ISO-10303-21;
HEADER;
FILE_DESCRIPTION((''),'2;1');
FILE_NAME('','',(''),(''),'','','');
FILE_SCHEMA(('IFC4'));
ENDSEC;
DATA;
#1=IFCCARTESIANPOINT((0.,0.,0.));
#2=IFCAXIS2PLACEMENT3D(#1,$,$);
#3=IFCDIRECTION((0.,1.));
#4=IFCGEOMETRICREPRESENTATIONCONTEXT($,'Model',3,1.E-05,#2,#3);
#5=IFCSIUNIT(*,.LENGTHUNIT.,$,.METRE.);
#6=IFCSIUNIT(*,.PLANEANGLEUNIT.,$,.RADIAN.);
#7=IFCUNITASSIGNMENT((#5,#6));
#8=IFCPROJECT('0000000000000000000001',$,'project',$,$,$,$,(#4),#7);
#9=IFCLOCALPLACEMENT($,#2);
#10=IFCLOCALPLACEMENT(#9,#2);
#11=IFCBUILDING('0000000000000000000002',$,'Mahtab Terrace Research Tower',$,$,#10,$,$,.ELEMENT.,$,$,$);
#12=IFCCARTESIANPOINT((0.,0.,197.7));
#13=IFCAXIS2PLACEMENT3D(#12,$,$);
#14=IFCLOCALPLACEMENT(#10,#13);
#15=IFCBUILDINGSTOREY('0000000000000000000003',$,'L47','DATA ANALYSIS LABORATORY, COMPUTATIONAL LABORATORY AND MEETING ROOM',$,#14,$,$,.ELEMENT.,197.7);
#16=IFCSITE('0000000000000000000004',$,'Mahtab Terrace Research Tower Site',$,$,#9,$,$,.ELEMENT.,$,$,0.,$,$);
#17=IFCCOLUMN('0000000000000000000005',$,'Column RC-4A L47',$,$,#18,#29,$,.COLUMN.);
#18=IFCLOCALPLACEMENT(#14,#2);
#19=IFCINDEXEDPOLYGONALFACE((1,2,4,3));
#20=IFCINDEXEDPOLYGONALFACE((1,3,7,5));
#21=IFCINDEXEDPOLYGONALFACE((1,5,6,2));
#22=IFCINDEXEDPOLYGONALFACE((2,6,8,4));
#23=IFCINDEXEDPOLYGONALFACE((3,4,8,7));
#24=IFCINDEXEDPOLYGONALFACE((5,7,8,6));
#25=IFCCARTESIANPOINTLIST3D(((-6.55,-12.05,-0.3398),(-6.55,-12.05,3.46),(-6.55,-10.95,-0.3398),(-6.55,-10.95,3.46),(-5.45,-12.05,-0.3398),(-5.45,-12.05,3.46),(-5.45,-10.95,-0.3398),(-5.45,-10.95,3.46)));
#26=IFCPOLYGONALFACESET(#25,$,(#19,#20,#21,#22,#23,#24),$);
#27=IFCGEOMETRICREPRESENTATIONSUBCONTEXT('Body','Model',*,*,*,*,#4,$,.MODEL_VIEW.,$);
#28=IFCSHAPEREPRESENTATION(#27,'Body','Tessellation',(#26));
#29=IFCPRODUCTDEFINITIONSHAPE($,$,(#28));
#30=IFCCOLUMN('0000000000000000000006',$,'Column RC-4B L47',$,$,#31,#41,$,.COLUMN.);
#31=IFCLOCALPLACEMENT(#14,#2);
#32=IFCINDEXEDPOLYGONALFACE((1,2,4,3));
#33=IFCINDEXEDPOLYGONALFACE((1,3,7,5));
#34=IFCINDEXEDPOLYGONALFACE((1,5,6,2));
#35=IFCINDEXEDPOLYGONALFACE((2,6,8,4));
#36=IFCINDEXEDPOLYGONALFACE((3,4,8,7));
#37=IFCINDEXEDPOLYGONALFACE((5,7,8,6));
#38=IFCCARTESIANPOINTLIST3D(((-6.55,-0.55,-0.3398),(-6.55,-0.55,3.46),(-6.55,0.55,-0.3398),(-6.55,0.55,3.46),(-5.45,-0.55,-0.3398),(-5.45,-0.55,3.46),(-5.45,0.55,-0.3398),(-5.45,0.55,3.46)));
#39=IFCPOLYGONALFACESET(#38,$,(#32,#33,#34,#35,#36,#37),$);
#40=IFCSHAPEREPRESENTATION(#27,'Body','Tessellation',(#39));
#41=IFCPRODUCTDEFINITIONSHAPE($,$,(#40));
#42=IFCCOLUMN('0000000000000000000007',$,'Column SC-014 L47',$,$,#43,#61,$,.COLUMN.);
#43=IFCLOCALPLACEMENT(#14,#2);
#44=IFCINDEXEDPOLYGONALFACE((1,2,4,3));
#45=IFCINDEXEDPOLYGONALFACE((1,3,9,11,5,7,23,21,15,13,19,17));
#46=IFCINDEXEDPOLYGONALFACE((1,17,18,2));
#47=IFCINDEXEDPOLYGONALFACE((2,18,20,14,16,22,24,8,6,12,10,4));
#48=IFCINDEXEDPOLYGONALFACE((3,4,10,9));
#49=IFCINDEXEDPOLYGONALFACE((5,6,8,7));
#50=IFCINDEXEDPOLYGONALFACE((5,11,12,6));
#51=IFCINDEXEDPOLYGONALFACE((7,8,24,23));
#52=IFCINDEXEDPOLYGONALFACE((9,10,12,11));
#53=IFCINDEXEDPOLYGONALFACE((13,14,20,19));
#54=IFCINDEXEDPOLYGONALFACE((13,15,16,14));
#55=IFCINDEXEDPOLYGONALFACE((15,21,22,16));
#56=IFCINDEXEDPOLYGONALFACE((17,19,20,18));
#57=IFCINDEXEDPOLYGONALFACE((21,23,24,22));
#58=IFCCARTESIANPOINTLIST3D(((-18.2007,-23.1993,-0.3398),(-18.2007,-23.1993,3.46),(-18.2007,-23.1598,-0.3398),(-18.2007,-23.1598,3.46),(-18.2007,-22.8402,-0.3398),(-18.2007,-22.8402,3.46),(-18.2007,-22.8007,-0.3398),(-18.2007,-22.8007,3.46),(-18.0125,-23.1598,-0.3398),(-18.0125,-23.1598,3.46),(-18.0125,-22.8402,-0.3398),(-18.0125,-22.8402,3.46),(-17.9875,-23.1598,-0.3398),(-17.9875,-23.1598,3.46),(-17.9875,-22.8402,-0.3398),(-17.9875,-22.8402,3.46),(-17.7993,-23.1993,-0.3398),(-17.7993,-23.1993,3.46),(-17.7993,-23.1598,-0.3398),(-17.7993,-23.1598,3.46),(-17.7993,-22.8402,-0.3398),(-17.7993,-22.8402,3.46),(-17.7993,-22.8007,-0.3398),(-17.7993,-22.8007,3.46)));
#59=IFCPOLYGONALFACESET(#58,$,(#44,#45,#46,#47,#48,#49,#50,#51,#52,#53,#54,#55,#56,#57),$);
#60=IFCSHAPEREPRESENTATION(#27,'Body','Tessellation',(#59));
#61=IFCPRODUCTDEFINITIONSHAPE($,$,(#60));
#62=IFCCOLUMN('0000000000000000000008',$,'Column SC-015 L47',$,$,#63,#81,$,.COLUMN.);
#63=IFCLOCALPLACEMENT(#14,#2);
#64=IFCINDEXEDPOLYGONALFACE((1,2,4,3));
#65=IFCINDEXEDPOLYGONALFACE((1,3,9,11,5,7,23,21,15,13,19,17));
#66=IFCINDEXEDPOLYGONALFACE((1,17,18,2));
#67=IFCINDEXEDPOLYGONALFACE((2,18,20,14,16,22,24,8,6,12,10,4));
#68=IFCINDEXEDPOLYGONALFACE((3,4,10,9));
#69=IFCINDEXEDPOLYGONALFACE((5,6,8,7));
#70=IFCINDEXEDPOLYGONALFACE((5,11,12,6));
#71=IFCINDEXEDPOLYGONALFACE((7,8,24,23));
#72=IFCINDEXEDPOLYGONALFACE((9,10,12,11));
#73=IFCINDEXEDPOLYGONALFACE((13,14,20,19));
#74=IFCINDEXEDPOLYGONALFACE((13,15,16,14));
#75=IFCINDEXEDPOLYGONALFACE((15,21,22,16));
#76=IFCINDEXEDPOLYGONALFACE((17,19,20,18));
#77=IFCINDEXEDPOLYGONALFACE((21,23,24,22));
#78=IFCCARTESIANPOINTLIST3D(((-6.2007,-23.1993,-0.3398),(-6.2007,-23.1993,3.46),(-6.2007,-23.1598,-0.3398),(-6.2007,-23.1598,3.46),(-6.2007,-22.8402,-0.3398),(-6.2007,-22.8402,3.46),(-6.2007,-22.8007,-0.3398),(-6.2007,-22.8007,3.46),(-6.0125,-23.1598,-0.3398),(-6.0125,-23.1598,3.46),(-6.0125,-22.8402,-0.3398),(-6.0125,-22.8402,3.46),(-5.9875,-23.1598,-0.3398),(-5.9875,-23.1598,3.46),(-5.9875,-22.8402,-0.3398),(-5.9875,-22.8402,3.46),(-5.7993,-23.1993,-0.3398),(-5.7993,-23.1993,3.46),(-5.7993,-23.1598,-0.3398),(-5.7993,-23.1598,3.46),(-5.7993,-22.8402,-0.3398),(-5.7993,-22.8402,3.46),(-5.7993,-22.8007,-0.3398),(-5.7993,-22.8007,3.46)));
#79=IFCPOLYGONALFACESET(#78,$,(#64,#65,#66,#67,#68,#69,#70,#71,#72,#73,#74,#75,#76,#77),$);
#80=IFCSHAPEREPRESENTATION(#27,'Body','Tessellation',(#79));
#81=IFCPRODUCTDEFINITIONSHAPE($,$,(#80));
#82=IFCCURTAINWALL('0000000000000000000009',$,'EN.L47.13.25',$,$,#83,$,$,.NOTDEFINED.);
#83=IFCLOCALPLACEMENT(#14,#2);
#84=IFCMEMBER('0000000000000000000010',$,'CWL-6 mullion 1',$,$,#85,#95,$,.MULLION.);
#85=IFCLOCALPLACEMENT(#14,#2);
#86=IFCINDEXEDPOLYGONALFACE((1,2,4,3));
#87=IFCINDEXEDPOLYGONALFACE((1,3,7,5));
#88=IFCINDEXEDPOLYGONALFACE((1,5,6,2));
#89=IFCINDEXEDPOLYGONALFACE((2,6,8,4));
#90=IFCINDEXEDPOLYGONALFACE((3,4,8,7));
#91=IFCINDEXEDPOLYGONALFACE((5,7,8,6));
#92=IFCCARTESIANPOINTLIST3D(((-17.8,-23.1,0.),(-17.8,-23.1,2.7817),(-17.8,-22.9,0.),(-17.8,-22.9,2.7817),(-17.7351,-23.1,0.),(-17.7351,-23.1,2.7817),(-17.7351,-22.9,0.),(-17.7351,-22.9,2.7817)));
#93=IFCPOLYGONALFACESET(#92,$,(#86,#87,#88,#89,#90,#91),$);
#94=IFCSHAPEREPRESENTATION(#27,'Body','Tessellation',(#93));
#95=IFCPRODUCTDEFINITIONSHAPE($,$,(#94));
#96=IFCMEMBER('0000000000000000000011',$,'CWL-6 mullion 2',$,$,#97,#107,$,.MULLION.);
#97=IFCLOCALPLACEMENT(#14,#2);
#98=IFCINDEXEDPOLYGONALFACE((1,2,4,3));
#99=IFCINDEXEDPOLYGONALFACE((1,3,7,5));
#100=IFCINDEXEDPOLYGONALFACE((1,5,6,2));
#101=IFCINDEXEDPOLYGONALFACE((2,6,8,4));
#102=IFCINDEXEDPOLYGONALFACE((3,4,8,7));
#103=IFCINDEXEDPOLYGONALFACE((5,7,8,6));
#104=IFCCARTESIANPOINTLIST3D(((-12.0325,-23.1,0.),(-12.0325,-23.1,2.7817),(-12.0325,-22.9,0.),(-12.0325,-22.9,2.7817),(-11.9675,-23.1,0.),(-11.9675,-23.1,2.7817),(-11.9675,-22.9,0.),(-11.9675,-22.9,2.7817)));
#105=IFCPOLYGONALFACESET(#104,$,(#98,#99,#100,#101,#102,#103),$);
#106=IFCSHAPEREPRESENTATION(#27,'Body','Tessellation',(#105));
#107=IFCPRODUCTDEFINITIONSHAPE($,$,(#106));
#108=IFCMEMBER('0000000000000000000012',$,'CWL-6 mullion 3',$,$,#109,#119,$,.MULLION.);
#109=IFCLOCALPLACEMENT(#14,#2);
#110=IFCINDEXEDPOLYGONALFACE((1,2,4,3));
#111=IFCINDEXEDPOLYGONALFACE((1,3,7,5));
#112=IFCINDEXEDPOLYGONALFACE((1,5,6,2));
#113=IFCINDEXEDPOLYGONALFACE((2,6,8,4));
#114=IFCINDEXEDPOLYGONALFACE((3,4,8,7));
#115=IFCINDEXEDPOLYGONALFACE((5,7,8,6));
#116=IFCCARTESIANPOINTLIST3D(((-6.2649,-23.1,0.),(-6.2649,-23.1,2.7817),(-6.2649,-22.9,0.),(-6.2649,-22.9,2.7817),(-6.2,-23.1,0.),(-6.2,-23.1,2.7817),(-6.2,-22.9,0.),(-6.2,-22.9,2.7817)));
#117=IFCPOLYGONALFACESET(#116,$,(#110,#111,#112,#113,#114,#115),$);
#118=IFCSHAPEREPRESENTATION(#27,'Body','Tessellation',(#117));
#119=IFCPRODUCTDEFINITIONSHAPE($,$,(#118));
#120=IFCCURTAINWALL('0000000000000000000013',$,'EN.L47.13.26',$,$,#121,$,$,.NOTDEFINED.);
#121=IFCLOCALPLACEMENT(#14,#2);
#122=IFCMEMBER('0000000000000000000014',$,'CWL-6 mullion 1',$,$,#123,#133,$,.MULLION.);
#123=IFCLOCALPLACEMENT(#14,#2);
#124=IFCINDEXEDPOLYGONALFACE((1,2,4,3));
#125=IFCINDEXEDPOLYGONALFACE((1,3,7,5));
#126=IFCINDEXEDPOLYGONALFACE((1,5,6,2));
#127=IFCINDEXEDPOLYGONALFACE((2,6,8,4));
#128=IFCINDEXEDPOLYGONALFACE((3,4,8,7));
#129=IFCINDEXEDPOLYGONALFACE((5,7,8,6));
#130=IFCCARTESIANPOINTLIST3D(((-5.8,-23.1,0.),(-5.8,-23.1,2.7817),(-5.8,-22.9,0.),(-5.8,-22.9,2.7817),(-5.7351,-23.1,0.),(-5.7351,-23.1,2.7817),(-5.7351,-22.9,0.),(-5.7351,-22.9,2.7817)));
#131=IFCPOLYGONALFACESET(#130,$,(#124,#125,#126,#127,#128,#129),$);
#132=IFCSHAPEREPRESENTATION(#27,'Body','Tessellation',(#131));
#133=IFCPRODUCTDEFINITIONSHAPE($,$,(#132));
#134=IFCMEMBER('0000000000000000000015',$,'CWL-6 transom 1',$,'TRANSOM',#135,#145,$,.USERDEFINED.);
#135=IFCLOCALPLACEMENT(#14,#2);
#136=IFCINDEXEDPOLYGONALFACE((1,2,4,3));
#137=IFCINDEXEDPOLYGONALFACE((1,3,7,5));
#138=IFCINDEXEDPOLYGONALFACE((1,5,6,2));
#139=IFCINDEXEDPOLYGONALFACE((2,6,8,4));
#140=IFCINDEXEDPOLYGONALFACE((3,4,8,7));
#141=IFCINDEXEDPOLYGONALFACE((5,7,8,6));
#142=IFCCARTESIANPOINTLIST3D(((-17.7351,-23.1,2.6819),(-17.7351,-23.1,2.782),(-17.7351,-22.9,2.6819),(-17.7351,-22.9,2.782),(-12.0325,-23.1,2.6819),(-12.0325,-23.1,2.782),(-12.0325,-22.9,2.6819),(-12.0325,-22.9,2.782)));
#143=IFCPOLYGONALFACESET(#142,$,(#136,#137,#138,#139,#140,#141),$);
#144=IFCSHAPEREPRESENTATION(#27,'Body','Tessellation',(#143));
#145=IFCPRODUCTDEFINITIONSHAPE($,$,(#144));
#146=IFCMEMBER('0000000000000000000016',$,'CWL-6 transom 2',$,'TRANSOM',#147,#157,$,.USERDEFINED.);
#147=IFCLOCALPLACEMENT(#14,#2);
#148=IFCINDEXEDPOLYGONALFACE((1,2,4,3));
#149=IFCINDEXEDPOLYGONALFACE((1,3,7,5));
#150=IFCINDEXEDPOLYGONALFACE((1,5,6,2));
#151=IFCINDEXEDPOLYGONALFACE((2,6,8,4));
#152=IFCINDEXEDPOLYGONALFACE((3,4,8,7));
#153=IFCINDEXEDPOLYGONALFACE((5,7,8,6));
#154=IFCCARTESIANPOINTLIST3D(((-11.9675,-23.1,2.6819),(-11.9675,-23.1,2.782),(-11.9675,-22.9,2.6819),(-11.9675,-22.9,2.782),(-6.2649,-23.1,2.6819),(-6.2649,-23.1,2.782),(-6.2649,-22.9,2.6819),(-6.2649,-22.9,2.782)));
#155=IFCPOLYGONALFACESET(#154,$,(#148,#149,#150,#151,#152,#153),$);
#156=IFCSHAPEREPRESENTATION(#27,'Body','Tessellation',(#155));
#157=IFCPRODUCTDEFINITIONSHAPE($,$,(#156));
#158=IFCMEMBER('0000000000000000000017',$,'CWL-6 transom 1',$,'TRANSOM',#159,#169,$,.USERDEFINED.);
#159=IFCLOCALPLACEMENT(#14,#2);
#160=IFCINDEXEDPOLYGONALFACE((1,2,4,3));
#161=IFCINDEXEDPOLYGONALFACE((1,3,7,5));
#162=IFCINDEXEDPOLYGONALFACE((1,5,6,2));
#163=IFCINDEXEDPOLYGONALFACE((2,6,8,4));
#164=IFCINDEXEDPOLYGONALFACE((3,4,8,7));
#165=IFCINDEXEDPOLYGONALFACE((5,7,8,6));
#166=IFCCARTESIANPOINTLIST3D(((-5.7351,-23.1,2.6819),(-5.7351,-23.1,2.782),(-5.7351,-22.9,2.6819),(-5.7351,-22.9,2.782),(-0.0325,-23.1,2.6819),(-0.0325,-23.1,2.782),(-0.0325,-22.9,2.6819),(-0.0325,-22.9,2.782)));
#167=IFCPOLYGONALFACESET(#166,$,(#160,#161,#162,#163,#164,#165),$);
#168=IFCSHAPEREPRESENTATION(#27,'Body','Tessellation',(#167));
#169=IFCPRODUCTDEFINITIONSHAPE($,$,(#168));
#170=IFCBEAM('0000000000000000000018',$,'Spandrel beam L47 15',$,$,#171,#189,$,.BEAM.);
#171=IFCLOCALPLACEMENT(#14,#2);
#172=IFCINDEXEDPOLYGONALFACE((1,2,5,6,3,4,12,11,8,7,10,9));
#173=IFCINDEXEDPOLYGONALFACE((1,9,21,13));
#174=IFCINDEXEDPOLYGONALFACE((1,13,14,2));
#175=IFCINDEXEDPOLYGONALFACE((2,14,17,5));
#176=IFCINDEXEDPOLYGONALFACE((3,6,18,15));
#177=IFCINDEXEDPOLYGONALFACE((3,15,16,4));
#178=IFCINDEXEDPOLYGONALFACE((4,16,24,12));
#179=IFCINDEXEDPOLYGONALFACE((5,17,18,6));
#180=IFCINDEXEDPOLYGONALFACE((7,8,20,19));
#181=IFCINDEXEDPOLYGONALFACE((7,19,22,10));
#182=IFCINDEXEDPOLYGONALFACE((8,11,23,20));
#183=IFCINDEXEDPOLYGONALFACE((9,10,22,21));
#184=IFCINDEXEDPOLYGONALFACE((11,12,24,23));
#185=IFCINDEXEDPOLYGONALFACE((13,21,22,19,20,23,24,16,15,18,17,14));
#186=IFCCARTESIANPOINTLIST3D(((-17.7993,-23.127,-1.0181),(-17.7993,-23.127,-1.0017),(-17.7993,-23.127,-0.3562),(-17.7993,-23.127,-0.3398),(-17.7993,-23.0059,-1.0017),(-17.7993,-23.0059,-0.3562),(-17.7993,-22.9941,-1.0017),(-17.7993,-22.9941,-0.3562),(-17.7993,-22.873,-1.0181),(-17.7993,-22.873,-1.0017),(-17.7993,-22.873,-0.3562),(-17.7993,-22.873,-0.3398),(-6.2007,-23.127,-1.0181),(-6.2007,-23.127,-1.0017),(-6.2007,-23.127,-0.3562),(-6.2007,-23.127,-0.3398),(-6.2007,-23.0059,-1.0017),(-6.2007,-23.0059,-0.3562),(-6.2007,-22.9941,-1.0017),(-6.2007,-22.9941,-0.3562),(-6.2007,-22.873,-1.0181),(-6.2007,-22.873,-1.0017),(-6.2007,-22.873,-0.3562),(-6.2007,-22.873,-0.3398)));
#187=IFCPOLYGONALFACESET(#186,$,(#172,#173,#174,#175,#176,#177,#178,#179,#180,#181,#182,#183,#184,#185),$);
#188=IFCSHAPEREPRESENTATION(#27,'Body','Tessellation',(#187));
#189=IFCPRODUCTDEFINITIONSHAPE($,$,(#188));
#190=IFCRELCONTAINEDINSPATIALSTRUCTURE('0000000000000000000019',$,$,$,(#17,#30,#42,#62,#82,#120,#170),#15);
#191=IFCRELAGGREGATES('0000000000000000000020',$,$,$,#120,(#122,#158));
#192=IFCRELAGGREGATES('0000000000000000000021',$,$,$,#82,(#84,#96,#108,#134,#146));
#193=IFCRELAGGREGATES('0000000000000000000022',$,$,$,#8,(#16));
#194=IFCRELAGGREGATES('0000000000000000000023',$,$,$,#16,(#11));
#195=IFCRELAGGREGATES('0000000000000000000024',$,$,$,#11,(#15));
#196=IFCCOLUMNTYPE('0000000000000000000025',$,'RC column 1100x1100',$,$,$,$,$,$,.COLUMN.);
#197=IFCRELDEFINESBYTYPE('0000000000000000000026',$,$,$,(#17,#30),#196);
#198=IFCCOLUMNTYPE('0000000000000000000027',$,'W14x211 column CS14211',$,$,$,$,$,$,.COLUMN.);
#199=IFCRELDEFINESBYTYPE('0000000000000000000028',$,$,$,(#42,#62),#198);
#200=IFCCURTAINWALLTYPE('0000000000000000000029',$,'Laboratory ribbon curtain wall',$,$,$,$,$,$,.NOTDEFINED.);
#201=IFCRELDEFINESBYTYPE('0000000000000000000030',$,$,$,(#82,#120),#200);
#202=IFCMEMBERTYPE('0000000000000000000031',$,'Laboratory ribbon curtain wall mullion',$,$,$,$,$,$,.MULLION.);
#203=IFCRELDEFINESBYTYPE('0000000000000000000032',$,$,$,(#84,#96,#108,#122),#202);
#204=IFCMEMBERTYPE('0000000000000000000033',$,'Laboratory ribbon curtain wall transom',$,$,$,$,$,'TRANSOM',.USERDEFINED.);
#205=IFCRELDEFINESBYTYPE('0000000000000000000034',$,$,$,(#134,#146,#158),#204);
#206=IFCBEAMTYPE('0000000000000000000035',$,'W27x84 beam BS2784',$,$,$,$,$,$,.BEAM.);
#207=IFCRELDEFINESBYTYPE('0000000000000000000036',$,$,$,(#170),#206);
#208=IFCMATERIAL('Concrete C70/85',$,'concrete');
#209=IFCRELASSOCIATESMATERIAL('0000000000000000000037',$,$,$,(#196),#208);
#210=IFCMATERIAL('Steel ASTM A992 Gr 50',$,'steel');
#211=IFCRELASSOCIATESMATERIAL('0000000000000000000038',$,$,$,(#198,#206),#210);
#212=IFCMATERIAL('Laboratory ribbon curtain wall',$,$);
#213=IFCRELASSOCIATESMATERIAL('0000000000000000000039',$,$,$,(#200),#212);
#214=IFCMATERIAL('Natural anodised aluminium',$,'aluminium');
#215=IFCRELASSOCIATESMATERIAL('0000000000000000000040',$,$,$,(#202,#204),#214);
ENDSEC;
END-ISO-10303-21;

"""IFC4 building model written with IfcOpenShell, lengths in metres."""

from ifc_helpers import new_model, si_unit, direction, frame, origin, origin_2d, place, context, subcontext, project, spatial, rectangle, i_section, extrude, material, material_profile, profile_set, type_object, element, aggregate, save


model = new_model("IFC4")

# Units and contexts
model_context = context("Model", 3, precision=1e-05, world=origin(), true_north=direction((0.0, 1.0)))
body_context = subcontext(model_context, "Body", "Model", "MODEL_VIEW")
ifc_project = project(units=[si_unit("LENGTHUNIT", "METRE"), si_unit("PLANEANGLEUNIT", "RADIAN")], contexts=[model_context])

# Site, building, storey
site_placement = place(None, origin())
site = spatial("IfcSite", under=ifc_project, at=site_placement, Name="Mahtab Terrace Research Tower Site", CompositionType="ELEMENT", RefElevation=0.0)
building_placement = place(site_placement, origin())
building = spatial("IfcBuilding", under=site, at=building_placement, Name="Mahtab Terrace Research Tower", CompositionType="ELEMENT")
storey_placement = place(building_placement, frame((0.0, 0.0, 197.7)))
storey = spatial("IfcBuildingStorey", under=building, at=storey_placement, Name="L47", Description="DATA ANALYSIS LABORATORY, COMPUTATIONAL LABORATORY AND MEETING ROOM", CompositionType="ELEMENT", Elevation=197.7)

# Columns
ifc_material_1 = material(Name="Concrete C70/85", Category="concrete")
ifc_material_profile_1 = material_profile(ifc_material_1, rectangle(XDim=1.1001, YDim=1.1001, at=origin_2d()), Name="RC column 1100x1100")
ifc_profile_set_1 = profile_set([ifc_material_profile_1], Name="Concrete C70/85")
column_type_1 = type_object("IfcColumnType", Name="RC column 1100x1100", PredefinedType="COLUMN", material=ifc_profile_set_1)
for number, where, z_axis, x_axis, name in (
    (1, (-6.0, -11.5, -0.3398), (0.0, 0.0, 1.0), (1.0, 0.0, 0.0), "Column RC-4A L47"),
    (2, (-6.0, 0.0, -0.3398), (0.0, 0.0, 1.0), (1.0, 0.0, 0.0), "Column RC-4B L47"),
):
    element("IfcColumn", number, at=place(storey_placement, frame(where, z_axis=z_axis, x_axis=x_axis)), inside=storey, type_object=column_type_1, Name=name, PredefinedType="COLUMN", context=body_context, shape_type="SweptSolid", body=[
        extrude(rectangle(XDim=1.1001, YDim=1.1001, at=origin_2d()), origin(), (0.0, 0.0, 1.0), 3.7998),
    ])
ifc_material_2 = material(Name="Steel ASTM A992 Gr 50", Category="steel")
ifc_material_profile_2 = material_profile(ifc_material_2, i_section(OverallWidth=0.4014, OverallDepth=0.3987, WebThickness=0.0249, FlangeThickness=0.0396, at=origin_2d()), Name="W14X211")
ifc_profile_set_2 = profile_set([ifc_material_profile_2], Name="Steel ASTM A992 Gr 50")
column_type_2 = type_object("IfcColumnType", Name="W14x211 column CS14211", PredefinedType="COLUMN", material=ifc_profile_set_2)
for number, where, z_axis, x_axis, name in (
    (3, (-18.0, -23.0, -0.3398), (0.0, 0.0, 1.0), (1.0, 0.0, 0.0), "Column SC-014 L47"),
    (4, (-6.0, -23.0, -0.3398), (0.0, 0.0, 1.0), (1.0, 0.0, 0.0), "Column SC-015 L47"),
):
    element("IfcColumn", number, at=place(storey_placement, frame(where, z_axis=z_axis, x_axis=x_axis)), inside=storey, type_object=column_type_2, Name=name, PredefinedType="COLUMN", context=body_context, shape_type="SweptSolid", body=[
        extrude(i_section(OverallWidth=0.4014, OverallDepth=0.3987, WebThickness=0.0249, FlangeThickness=0.0396, at=origin_2d()), origin(), (0.0, 0.0, 1.0), 3.7998),
    ])

# Curtain wall, members
ifc_material_3 = material(Name="Laboratory ribbon curtain wall")
curtain_wall_type = type_object("IfcCurtainWallType", Name="Laboratory ribbon curtain wall", PredefinedType="NOTDEFINED", material=ifc_material_3)
curtain_wall_1_placement = place(storey_placement, origin())
curtain_wall_1 = element("IfcCurtainWall", 5, at=curtain_wall_1_placement, inside=storey, type_object=curtain_wall_type, Name="EN.L47.13.25", PredefinedType="NOTDEFINED")
ifc_material_4 = material(Name="Natural anodised aluminium", Category="aluminium")
ifc_material_profile_3 = material_profile(ifc_material_4, rectangle(XDim=0.2, YDim=0.0649, at=origin_2d()), Name="MULLION 65x200")
ifc_profile_set_3 = profile_set([ifc_material_profile_3], Name="Natural anodised aluminium")
member_type_1 = type_object("IfcMemberType", Name="Laboratory ribbon curtain wall mullion", PredefinedType="MULLION", material=ifc_profile_set_3)
member_1_placement = place(storey_placement, frame((-17.7676, -23.0, 0.0), z_axis=(0.0, 0.0, 1.0), x_axis=(0.0, 1.0, 0.0)))
member_1 = element("IfcMember", 6, at=member_1_placement, type_object=member_type_1, Name="CWL-6 mullion 1", PredefinedType="MULLION", context=body_context, shape_type="SweptSolid", body=[
    extrude(rectangle(XDim=0.2, YDim=0.0649, at=origin_2d()), origin(), (0.0, 0.0, 1.0), 2.7817),
])
member_2_placement = place(storey_placement, frame((-12.0, -23.0, 0.0), z_axis=(0.0, 0.0, 1.0), x_axis=(0.0, 1.0, 0.0)))
member_2 = element("IfcMember", 7, at=member_2_placement, type_object=member_type_1, Name="CWL-6 mullion 2", PredefinedType="MULLION", context=body_context, shape_type="SweptSolid", body=[
    extrude(rectangle(XDim=0.2, YDim=0.0649, at=origin_2d()), origin(), (0.0, 0.0, 1.0), 2.7817),
])
member_3_placement = place(storey_placement, frame((-6.2324, -23.0, 0.0), z_axis=(0.0, 0.0, 1.0), x_axis=(0.0, 1.0, 0.0)))
member_3 = element("IfcMember", 8, at=member_3_placement, type_object=member_type_1, Name="CWL-6 mullion 3", PredefinedType="MULLION", context=body_context, shape_type="SweptSolid", body=[
    extrude(rectangle(XDim=0.2, YDim=0.0649, at=origin_2d()), origin(), (0.0, 0.0, 1.0), 2.7817),
])

# Curtain wall, member
curtain_wall_2_placement = place(storey_placement, origin())
curtain_wall_2 = element("IfcCurtainWall", 9, at=curtain_wall_2_placement, inside=storey, type_object=curtain_wall_type, Name="EN.L47.13.26", PredefinedType="NOTDEFINED")
member_4_placement = place(storey_placement, frame((-5.7676, -23.0, 0.0), z_axis=(0.0, 0.0, 1.0), x_axis=(0.0, 1.0, 0.0)))
member_4 = element("IfcMember", 10, at=member_4_placement, type_object=member_type_1, Name="CWL-6 mullion 1", PredefinedType="MULLION", context=body_context, shape_type="SweptSolid", body=[
    extrude(rectangle(XDim=0.2, YDim=0.0649, at=origin_2d()), origin(), (0.0, 0.0, 1.0), 2.7817),
])

# Members
ifc_material_profile_4 = material_profile(ifc_material_4, rectangle(XDim=0.2, YDim=0.1001, at=origin_2d()), Name="TRANSOM 100x200")
ifc_profile_set_4 = profile_set([ifc_material_profile_4], Name="Natural anodised aluminium")
member_type_2 = type_object("IfcMemberType", Name="Laboratory ribbon curtain wall transom", ElementType="TRANSOM", PredefinedType="USERDEFINED", material=ifc_profile_set_4)
member_5_placement = place(storey_placement, frame((-17.7351, -23.0, 2.7319), z_axis=(1.0, 0.0, 0.0), x_axis=(0.0, 1.0, 0.0)))
member_5 = element("IfcMember", 11, at=member_5_placement, type_object=member_type_2, Name="CWL-6 transom 1", ObjectType="TRANSOM", PredefinedType="USERDEFINED", context=body_context, shape_type="SweptSolid", body=[
    extrude(rectangle(XDim=0.2, YDim=0.1001, at=origin_2d()), origin(), (0.0, 0.0, 1.0), 5.7026),
])
member_6_placement = place(storey_placement, frame((-11.9675, -23.0, 2.7319), z_axis=(1.0, 0.0, 0.0), x_axis=(0.0, 1.0, 0.0)))
member_6 = element("IfcMember", 12, at=member_6_placement, type_object=member_type_2, Name="CWL-6 transom 2", ObjectType="TRANSOM", PredefinedType="USERDEFINED", context=body_context, shape_type="SweptSolid", body=[
    extrude(rectangle(XDim=0.2, YDim=0.1001, at=origin_2d()), origin(), (0.0, 0.0, 1.0), 5.7026),
])
member_7_placement = place(storey_placement, frame((-5.7351, -23.0, 2.7319), z_axis=(1.0, 0.0, 0.0), x_axis=(0.0, 1.0, 0.0)))
member_7 = element("IfcMember", 13, at=member_7_placement, type_object=member_type_2, Name="CWL-6 transom 1", ObjectType="TRANSOM", PredefinedType="USERDEFINED", context=body_context, shape_type="SweptSolid", body=[
    extrude(rectangle(XDim=0.2, YDim=0.1001, at=origin_2d()), origin(), (0.0, 0.0, 1.0), 5.7026),
])
aggregate(curtain_wall_2, [member_4, member_7])

# Beam
ifc_material_profile_5 = material_profile(ifc_material_2, i_section(OverallWidth=0.2539, OverallDepth=0.6782, WebThickness=0.0117, FlangeThickness=0.0164, at=origin_2d()), Name="W27X84")
ifc_profile_set_5 = profile_set([ifc_material_profile_5], Name="Steel ASTM A992 Gr 50")
beam_type = type_object("IfcBeamType", Name="W27x84 beam BS2784", PredefinedType="BEAM", material=ifc_profile_set_5)
for number, where, z_axis, x_axis, name in (
    (14, (-17.7993, -23.0, -0.679), (1.0, 0.0, 0.0), (0.0, 1.0, 0.0), "Spandrel beam L47 15"),
):
    element("IfcBeam", number, at=place(storey_placement, frame(where, z_axis=z_axis, x_axis=x_axis)), inside=storey, type_object=beam_type, Name=name, PredefinedType="BEAM", context=body_context, shape_type="SweptSolid", body=[
        extrude(i_section(OverallWidth=0.2539, OverallDepth=0.6782, WebThickness=0.0117, FlangeThickness=0.0164, at=origin_2d()), origin(), (0.0, 0.0, 1.0), 11.5986),
    ])

aggregate(curtain_wall_1, [member_1, member_2, member_3, member_5, member_6])

save(model, "model.ifc")
